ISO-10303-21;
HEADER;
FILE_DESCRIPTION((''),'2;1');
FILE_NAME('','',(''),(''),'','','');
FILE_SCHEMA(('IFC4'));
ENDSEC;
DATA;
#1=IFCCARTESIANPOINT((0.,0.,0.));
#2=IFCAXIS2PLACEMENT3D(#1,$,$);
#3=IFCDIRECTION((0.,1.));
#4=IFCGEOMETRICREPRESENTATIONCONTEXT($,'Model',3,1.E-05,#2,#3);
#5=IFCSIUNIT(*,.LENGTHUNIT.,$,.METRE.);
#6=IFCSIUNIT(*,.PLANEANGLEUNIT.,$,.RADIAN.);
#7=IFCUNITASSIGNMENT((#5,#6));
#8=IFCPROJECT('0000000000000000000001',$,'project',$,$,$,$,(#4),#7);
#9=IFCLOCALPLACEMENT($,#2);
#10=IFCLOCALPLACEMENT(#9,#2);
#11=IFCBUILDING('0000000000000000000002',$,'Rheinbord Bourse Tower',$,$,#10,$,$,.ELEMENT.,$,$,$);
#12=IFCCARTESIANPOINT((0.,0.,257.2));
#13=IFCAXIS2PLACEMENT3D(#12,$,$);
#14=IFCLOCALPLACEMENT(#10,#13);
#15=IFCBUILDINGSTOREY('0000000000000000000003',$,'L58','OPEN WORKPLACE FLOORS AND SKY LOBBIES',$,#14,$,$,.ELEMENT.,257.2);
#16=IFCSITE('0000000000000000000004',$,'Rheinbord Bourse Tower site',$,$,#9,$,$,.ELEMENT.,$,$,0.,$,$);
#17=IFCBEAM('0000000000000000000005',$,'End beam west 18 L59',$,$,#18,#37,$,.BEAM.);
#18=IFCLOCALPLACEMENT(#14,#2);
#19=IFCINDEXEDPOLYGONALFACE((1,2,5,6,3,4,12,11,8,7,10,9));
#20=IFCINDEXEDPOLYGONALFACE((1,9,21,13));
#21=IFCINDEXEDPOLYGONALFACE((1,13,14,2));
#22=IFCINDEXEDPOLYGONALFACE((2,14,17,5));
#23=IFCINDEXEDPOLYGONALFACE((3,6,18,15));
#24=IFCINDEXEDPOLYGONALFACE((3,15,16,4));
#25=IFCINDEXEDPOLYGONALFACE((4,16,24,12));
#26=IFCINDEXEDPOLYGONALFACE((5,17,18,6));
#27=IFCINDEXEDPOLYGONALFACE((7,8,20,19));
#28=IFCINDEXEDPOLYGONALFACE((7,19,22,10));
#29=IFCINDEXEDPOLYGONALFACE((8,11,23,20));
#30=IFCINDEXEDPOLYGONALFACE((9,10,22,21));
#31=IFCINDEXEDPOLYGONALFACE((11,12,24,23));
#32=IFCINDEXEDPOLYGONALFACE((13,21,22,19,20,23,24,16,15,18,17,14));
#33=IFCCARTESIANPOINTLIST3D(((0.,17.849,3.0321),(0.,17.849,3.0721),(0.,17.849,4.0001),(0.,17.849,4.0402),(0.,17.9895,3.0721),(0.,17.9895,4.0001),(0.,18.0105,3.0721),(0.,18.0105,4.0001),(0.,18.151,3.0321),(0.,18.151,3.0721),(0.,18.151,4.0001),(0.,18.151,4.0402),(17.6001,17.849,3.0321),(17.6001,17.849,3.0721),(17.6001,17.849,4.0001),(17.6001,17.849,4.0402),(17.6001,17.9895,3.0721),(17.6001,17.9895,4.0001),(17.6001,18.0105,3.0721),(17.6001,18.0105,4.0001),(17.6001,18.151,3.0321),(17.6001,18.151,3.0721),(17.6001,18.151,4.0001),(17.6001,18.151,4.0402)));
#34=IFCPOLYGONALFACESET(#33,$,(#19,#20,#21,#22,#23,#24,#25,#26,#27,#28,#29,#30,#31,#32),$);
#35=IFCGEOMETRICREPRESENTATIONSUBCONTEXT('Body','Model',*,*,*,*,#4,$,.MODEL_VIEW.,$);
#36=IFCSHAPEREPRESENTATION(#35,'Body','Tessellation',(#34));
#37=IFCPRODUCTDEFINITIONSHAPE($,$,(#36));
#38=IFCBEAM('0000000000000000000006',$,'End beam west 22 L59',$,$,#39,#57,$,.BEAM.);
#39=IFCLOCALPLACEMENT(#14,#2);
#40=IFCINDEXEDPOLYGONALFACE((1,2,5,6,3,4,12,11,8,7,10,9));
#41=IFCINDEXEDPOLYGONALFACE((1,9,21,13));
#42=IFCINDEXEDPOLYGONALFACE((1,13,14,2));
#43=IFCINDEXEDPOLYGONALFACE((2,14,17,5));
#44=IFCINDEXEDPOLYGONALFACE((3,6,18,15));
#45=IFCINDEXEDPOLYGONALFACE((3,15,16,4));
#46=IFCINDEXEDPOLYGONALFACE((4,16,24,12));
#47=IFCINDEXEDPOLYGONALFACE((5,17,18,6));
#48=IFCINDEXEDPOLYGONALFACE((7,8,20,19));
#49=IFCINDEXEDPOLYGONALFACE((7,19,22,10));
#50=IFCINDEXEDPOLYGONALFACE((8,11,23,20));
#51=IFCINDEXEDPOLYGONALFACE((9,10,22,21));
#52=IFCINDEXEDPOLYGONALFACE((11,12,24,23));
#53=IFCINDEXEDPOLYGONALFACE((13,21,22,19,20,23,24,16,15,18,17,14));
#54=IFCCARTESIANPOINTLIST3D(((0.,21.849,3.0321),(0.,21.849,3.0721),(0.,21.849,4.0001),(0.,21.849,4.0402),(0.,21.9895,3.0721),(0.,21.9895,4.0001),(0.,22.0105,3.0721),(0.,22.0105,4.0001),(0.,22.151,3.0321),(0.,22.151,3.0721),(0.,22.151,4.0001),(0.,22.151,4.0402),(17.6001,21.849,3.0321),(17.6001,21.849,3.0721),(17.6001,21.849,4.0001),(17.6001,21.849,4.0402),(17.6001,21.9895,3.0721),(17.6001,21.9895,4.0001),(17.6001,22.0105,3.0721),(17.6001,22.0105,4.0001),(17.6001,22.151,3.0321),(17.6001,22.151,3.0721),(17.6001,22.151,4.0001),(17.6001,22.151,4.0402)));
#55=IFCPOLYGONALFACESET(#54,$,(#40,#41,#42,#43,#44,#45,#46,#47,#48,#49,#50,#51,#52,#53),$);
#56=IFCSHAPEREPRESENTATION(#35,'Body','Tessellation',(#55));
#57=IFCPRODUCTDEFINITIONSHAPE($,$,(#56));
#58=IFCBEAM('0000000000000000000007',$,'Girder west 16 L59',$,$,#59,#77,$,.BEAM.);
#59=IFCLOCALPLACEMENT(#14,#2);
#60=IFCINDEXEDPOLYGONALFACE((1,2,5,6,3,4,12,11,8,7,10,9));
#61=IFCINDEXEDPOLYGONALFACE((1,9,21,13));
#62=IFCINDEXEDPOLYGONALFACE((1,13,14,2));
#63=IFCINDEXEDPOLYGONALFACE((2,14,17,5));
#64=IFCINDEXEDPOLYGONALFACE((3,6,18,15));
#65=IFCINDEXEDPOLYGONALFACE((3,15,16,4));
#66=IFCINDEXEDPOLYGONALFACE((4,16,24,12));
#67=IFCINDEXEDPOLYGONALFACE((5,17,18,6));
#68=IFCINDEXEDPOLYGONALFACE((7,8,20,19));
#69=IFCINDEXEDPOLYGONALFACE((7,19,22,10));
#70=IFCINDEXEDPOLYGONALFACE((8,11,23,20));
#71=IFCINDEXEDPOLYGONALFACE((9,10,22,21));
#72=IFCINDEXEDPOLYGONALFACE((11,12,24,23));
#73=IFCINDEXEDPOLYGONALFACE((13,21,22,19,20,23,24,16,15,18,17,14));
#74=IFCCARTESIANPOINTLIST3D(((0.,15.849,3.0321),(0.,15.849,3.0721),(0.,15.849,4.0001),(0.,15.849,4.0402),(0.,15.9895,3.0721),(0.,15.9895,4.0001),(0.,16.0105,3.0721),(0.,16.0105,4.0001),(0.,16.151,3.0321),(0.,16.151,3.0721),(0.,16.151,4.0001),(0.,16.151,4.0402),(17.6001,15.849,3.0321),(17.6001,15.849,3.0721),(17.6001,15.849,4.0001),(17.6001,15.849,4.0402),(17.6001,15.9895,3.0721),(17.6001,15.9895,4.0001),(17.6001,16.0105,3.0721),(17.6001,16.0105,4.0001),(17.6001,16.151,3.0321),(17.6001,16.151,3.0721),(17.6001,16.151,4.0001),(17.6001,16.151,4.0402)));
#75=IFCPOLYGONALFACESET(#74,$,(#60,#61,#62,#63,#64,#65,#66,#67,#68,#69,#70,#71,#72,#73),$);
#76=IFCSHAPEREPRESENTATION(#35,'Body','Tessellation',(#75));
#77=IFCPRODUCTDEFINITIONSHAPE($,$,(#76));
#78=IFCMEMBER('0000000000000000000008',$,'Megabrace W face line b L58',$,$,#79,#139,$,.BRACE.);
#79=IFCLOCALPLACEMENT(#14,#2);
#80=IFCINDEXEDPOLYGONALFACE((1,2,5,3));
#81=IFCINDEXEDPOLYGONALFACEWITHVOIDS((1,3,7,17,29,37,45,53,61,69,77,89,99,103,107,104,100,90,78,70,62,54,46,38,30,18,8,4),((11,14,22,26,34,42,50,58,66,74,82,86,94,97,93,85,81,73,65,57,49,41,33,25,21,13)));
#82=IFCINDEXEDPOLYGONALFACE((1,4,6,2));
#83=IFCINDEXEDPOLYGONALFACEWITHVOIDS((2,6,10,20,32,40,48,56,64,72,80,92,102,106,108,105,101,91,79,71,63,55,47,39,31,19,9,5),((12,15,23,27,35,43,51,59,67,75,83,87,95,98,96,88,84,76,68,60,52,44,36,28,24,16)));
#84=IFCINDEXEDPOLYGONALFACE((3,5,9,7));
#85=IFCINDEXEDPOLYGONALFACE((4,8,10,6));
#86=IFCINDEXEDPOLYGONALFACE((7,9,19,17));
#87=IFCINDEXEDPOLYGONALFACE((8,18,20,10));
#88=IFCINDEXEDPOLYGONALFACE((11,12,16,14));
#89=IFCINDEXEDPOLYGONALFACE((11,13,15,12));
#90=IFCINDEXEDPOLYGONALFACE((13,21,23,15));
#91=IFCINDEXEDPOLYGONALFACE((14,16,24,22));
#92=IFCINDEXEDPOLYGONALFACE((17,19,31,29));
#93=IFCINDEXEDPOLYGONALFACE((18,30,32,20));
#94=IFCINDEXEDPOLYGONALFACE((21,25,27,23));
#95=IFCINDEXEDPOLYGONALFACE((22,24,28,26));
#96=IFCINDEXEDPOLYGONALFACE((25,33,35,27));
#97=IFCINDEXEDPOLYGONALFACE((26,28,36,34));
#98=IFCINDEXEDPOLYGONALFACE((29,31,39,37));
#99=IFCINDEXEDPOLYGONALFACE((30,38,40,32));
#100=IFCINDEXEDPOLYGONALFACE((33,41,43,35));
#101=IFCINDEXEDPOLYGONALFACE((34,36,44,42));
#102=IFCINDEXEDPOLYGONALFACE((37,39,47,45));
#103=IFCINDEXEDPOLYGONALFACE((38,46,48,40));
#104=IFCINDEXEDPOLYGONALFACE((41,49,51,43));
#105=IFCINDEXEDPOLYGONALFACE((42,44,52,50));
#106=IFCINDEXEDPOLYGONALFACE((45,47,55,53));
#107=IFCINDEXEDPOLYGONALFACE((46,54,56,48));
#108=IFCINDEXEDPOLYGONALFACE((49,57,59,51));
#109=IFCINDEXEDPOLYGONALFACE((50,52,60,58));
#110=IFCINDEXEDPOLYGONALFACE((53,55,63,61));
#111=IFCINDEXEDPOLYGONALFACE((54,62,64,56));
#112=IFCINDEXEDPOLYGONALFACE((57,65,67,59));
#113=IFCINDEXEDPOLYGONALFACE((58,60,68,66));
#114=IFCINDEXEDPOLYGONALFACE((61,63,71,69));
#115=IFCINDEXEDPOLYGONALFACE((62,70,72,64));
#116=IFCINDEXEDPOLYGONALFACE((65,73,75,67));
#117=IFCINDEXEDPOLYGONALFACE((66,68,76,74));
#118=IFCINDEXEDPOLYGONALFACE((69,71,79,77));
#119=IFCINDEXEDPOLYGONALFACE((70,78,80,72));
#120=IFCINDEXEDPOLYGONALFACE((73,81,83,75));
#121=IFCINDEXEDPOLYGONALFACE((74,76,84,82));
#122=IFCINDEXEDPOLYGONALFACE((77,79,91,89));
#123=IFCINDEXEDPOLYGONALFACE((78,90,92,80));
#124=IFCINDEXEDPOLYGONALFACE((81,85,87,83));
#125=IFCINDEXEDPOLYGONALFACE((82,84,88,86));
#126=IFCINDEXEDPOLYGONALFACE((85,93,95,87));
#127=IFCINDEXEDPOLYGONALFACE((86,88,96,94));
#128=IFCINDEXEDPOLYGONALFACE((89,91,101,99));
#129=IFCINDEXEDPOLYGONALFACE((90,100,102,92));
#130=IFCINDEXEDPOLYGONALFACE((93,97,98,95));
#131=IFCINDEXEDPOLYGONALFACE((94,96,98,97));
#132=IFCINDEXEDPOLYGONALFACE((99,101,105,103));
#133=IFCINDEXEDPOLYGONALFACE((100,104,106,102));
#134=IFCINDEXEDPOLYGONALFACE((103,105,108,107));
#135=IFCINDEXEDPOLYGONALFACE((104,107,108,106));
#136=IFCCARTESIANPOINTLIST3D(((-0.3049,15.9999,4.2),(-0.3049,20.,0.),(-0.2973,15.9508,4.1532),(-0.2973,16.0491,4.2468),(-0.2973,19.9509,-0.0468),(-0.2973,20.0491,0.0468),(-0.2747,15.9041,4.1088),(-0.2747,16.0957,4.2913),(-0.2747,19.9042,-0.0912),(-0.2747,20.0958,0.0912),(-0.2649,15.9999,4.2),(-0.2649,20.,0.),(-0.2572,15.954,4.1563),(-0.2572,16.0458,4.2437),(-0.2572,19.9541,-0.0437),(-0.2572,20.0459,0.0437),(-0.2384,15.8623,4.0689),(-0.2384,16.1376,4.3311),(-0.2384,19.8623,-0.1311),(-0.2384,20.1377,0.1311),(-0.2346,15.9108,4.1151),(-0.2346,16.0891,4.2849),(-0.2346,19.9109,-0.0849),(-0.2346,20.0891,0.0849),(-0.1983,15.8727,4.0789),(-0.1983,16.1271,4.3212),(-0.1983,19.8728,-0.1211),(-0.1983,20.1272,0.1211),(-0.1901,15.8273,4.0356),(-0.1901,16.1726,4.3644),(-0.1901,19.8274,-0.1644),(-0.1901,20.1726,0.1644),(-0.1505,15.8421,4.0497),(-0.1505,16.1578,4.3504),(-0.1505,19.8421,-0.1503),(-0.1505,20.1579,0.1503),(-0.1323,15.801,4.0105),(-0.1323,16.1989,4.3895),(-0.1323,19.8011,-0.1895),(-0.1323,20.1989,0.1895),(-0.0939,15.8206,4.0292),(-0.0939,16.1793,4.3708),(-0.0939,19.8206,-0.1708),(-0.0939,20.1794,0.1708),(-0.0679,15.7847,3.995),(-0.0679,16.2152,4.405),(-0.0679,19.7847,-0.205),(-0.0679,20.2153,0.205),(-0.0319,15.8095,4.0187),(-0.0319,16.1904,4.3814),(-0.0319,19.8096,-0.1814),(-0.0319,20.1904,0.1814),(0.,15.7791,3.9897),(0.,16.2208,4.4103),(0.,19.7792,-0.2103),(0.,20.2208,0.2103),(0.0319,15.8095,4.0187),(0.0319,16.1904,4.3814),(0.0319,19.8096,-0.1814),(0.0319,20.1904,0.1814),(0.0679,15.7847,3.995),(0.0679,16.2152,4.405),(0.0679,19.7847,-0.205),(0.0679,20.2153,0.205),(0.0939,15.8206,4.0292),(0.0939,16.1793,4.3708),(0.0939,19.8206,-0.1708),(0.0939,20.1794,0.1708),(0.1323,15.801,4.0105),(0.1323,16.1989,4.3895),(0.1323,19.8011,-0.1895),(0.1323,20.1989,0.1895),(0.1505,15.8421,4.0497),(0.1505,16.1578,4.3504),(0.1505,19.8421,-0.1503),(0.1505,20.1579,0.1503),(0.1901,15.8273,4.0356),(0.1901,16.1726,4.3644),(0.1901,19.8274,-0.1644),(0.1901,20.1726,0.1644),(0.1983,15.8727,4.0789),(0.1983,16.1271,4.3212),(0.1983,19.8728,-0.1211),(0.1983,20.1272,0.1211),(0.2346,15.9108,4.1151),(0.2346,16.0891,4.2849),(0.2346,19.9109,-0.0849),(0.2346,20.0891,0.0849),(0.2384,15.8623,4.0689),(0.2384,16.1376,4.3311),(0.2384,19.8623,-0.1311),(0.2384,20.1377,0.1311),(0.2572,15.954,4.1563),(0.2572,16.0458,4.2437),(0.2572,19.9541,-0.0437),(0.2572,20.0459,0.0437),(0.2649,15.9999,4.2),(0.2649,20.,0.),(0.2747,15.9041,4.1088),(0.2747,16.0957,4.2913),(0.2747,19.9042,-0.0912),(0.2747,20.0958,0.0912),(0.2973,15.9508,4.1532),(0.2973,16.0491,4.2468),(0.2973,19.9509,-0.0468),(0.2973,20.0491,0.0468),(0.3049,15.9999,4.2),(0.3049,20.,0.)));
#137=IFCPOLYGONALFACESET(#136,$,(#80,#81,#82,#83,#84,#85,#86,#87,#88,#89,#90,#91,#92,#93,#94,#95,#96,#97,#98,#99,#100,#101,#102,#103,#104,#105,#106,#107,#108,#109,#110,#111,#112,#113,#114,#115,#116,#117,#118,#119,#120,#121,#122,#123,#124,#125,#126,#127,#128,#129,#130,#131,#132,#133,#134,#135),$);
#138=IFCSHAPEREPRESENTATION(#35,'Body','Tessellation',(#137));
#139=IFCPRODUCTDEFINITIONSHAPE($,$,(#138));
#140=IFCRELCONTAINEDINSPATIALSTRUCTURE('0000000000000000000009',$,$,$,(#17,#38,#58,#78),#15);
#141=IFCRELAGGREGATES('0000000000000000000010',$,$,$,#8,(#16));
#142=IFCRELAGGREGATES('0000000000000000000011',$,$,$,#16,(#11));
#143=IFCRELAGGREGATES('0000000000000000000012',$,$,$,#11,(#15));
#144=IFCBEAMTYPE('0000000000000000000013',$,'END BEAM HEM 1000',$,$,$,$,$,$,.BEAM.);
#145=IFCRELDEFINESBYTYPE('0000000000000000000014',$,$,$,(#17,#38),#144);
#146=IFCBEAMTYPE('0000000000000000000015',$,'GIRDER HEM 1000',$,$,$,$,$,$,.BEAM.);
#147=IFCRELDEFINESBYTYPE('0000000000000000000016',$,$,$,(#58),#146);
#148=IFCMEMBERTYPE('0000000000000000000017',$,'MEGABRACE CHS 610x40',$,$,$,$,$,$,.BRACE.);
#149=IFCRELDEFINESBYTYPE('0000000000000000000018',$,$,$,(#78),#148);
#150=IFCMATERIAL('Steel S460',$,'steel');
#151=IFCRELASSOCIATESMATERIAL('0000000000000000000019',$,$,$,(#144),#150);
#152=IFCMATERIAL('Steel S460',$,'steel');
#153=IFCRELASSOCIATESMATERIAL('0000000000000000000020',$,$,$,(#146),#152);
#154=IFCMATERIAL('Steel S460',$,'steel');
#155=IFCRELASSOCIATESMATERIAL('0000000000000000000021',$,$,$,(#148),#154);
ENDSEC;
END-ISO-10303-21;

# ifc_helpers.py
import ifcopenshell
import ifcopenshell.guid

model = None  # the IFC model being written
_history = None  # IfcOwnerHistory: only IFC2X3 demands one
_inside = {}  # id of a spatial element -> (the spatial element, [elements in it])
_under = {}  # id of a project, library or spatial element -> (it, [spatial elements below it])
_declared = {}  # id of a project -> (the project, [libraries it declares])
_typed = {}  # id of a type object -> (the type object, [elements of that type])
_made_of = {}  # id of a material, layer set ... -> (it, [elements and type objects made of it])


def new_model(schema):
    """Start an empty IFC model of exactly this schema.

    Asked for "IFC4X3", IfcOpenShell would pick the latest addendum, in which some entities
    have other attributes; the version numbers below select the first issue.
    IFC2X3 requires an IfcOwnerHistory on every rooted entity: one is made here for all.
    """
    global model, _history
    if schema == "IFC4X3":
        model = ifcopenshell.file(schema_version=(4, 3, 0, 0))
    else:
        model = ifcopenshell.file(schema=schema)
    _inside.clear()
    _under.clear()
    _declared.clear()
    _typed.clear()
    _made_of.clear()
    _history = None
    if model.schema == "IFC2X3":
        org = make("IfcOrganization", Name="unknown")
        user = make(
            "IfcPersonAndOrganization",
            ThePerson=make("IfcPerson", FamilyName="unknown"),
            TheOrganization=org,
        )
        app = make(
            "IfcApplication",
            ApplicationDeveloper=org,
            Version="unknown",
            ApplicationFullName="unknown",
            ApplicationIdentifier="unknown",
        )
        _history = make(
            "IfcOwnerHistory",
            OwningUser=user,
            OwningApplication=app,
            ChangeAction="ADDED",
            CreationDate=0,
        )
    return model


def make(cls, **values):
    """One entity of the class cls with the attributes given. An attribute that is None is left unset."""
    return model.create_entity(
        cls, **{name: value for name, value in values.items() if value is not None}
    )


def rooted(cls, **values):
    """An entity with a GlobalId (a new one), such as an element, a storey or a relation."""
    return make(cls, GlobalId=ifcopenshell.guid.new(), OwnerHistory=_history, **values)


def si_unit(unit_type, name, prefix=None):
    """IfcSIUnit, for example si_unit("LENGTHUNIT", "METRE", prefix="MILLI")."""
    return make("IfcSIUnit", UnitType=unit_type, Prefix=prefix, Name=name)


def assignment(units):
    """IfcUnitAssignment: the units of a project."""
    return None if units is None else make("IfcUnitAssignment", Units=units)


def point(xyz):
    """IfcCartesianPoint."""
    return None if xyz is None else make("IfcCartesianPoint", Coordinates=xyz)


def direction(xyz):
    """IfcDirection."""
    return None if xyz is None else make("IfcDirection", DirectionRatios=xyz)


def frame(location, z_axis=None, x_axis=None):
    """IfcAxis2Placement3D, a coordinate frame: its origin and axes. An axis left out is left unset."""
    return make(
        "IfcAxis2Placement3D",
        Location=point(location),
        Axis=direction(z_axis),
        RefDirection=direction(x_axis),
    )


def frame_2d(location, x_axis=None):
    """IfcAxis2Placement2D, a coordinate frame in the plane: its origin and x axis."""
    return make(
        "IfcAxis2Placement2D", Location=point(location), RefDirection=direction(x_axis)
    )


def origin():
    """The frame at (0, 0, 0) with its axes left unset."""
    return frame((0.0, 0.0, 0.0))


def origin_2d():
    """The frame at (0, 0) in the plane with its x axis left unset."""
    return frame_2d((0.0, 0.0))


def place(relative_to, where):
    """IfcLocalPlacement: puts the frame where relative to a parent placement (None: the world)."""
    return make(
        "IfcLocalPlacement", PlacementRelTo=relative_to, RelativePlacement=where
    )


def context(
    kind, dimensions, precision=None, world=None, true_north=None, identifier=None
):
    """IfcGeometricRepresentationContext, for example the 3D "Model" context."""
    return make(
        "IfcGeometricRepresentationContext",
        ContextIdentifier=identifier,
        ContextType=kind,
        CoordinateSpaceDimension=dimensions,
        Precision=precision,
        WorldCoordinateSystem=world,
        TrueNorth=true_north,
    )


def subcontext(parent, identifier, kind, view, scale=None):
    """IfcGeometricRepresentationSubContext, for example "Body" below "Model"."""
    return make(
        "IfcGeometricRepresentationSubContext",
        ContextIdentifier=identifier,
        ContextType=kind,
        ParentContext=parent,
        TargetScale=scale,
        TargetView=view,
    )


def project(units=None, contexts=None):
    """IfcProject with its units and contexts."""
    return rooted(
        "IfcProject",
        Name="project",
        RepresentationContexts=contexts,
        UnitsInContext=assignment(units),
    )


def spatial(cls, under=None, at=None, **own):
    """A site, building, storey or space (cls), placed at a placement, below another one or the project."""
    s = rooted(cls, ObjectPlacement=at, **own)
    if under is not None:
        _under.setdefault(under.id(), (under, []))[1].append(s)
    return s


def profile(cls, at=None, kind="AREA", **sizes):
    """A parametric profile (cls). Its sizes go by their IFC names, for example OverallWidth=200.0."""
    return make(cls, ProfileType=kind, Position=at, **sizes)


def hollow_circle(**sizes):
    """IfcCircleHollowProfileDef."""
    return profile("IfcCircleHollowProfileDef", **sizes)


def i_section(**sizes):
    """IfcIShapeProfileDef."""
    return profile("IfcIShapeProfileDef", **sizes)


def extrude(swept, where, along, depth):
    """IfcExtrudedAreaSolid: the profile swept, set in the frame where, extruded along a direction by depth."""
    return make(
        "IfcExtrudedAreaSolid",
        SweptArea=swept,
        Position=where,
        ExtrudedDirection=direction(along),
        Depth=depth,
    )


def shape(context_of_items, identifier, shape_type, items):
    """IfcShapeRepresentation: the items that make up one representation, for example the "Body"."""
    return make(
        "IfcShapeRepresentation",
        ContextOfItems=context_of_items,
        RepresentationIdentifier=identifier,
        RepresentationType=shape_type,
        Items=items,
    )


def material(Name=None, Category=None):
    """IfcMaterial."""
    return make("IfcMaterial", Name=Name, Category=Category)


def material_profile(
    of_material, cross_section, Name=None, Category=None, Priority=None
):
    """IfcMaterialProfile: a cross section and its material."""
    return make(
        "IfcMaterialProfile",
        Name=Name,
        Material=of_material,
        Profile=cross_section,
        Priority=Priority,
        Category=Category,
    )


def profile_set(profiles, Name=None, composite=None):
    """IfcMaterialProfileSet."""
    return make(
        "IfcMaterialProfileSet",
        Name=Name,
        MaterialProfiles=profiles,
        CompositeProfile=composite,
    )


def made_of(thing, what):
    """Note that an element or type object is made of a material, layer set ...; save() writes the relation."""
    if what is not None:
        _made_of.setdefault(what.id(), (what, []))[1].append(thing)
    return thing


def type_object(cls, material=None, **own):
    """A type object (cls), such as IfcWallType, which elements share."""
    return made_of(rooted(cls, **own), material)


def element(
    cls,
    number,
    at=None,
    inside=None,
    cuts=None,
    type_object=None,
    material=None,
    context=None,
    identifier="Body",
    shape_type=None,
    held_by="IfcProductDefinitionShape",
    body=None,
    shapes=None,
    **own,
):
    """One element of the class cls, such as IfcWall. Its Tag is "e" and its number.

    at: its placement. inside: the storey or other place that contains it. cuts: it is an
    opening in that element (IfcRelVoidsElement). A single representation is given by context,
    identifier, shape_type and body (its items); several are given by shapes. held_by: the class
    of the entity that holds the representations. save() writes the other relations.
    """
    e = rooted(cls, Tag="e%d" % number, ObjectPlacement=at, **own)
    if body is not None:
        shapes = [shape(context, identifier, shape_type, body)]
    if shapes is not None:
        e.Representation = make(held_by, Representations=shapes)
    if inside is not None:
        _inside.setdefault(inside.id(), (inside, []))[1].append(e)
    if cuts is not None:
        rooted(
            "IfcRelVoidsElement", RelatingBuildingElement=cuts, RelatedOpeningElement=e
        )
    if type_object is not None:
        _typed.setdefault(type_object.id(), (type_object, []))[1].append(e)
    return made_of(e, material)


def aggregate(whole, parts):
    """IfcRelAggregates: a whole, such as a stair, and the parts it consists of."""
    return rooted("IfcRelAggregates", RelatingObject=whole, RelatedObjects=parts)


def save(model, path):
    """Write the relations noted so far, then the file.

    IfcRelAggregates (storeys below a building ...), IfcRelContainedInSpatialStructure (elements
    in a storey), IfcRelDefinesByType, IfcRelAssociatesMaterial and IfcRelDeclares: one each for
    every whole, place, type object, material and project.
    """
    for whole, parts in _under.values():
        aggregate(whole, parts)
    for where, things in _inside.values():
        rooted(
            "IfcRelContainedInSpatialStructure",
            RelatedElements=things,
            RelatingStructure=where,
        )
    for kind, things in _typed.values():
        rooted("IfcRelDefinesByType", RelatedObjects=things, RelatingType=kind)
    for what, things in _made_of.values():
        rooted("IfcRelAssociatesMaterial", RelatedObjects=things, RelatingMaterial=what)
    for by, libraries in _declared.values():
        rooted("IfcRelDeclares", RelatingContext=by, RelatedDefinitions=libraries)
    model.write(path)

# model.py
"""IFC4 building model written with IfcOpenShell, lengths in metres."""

from ifc_helpers import new_model, si_unit, direction, frame, origin, origin_2d, place, context, subcontext, project, spatial, hollow_circle, i_section, extrude, material, material_profile, profile_set, type_object, element, save


model = new_model("IFC4")

# Units and contexts
model_context = context("Model", 3, precision=1e-05, world=origin(), true_north=direction((0.0, 1.0)))
body_context = subcontext(model_context, "Body", "Model", "MODEL_VIEW")
ifc_project = project(units=[si_unit("LENGTHUNIT", "METRE"), si_unit("PLANEANGLEUNIT", "RADIAN")], contexts=[model_context])

# Site, building, storey
site_placement = place(None, origin())
site = spatial("IfcSite", under=ifc_project, at=site_placement, Name="Rheinbord Bourse Tower site", CompositionType="ELEMENT", RefElevation=0.0)
building_placement = place(site_placement, origin())
building = spatial("IfcBuilding", under=site, at=building_placement, Name="Rheinbord Bourse Tower", CompositionType="ELEMENT")
storey_placement = place(building_placement, frame((0.0, 0.0, 257.2)))
storey = spatial("IfcBuildingStorey", under=building, at=storey_placement, Name="L58", Description="OPEN WORKPLACE FLOORS AND SKY LOBBIES", CompositionType="ELEMENT", Elevation=257.2)

# Beams
ifc_material_1 = material(Name="Steel S460", Category="steel")
ifc_material_profile_1 = material_profile(ifc_material_1, i_section(OverallWidth=0.302, OverallDepth=1.0081, WebThickness=0.021, FlangeThickness=0.04, at=origin_2d()), Name="HEM 1000")
ifc_profile_set_1 = profile_set([ifc_material_profile_1], Name="Steel S460")
beam_type_1 = type_object("IfcBeamType", Name="END BEAM HEM 1000", PredefinedType="BEAM", material=ifc_profile_set_1)
for number, where, z_axis, x_axis, name in (
    (1, (0.0, 18.0, 3.5361), (1.0, 0.0, 0.0), (0.0, 1.0, 0.0), "End beam west 18 L59"),
    (2, (0.0, 22.0, 3.5361), (1.0, 0.0, 0.0), (0.0, 1.0, 0.0), "End beam west 22 L59"),
):
    element("IfcBeam", number, at=place(storey_placement, frame(where, z_axis=z_axis, x_axis=x_axis)), inside=storey, type_object=beam_type_1, Name=name, PredefinedType="BEAM", context=body_context, shape_type="SweptSolid", body=[
        extrude(i_section(OverallWidth=0.302, OverallDepth=1.0081, WebThickness=0.021, FlangeThickness=0.04, at=origin_2d()), origin(), (0.0, 0.0, 1.0), 17.6001),
    ])
ifc_material_2 = material(Name="Steel S460", Category="steel")
ifc_material_profile_2 = material_profile(ifc_material_2, i_section(OverallWidth=0.302, OverallDepth=1.0081, WebThickness=0.021, FlangeThickness=0.04, at=origin_2d()), Name="HEM 1000")
ifc_profile_set_2 = profile_set([ifc_material_profile_2], Name="Steel S460")
beam_type_2 = type_object("IfcBeamType", Name="GIRDER HEM 1000", PredefinedType="BEAM", material=ifc_profile_set_2)
beam_1_placement = place(storey_placement, frame((0.0, 16.0, 3.5361), z_axis=(1.0, 0.0, 0.0), x_axis=(0.0, 1.0, 0.0)))
element("IfcBeam", 3, at=beam_1_placement, inside=storey, type_object=beam_type_2, Name="Girder west 16 L59", PredefinedType="BEAM", context=body_context, shape_type="SweptSolid", body=[
    extrude(i_section(OverallWidth=0.302, OverallDepth=1.0081, WebThickness=0.021, FlangeThickness=0.04, at=origin_2d()), origin(), (0.0, 0.0, 1.0), 17.6001),
])

# Member
ifc_material_3 = material(Name="Steel S460", Category="steel")
ifc_material_profile_3 = material_profile(ifc_material_3, hollow_circle(Radius=0.3049, WallThickness=0.04, at=origin_2d()), Name="CHS 610x40")
ifc_profile_set_3 = profile_set([ifc_material_profile_3], Name="Steel S460")
member_type_1 = type_object("IfcMemberType", Name="MEGABRACE CHS 610x40", PredefinedType="BRACE", material=ifc_profile_set_3)
member_1_placement = place(storey_placement, frame((0.0, 20.0, 0.0), z_axis=(0.0, -0.689659, 0.724134), x_axis=(1.0, 0.0, 0.0)))
element("IfcMember", 4, at=member_1_placement, inside=storey, type_object=member_type_1, Name="Megabrace W face line b L58", PredefinedType="BRACE", context=body_context, shape_type="SweptSolid", body=[
    extrude(hollow_circle(Radius=0.3049, WallThickness=0.04, at=origin_2d()), origin(), (0.0, 0.0, 1.0), 5.8),
])

save(model, "model.ifc")
